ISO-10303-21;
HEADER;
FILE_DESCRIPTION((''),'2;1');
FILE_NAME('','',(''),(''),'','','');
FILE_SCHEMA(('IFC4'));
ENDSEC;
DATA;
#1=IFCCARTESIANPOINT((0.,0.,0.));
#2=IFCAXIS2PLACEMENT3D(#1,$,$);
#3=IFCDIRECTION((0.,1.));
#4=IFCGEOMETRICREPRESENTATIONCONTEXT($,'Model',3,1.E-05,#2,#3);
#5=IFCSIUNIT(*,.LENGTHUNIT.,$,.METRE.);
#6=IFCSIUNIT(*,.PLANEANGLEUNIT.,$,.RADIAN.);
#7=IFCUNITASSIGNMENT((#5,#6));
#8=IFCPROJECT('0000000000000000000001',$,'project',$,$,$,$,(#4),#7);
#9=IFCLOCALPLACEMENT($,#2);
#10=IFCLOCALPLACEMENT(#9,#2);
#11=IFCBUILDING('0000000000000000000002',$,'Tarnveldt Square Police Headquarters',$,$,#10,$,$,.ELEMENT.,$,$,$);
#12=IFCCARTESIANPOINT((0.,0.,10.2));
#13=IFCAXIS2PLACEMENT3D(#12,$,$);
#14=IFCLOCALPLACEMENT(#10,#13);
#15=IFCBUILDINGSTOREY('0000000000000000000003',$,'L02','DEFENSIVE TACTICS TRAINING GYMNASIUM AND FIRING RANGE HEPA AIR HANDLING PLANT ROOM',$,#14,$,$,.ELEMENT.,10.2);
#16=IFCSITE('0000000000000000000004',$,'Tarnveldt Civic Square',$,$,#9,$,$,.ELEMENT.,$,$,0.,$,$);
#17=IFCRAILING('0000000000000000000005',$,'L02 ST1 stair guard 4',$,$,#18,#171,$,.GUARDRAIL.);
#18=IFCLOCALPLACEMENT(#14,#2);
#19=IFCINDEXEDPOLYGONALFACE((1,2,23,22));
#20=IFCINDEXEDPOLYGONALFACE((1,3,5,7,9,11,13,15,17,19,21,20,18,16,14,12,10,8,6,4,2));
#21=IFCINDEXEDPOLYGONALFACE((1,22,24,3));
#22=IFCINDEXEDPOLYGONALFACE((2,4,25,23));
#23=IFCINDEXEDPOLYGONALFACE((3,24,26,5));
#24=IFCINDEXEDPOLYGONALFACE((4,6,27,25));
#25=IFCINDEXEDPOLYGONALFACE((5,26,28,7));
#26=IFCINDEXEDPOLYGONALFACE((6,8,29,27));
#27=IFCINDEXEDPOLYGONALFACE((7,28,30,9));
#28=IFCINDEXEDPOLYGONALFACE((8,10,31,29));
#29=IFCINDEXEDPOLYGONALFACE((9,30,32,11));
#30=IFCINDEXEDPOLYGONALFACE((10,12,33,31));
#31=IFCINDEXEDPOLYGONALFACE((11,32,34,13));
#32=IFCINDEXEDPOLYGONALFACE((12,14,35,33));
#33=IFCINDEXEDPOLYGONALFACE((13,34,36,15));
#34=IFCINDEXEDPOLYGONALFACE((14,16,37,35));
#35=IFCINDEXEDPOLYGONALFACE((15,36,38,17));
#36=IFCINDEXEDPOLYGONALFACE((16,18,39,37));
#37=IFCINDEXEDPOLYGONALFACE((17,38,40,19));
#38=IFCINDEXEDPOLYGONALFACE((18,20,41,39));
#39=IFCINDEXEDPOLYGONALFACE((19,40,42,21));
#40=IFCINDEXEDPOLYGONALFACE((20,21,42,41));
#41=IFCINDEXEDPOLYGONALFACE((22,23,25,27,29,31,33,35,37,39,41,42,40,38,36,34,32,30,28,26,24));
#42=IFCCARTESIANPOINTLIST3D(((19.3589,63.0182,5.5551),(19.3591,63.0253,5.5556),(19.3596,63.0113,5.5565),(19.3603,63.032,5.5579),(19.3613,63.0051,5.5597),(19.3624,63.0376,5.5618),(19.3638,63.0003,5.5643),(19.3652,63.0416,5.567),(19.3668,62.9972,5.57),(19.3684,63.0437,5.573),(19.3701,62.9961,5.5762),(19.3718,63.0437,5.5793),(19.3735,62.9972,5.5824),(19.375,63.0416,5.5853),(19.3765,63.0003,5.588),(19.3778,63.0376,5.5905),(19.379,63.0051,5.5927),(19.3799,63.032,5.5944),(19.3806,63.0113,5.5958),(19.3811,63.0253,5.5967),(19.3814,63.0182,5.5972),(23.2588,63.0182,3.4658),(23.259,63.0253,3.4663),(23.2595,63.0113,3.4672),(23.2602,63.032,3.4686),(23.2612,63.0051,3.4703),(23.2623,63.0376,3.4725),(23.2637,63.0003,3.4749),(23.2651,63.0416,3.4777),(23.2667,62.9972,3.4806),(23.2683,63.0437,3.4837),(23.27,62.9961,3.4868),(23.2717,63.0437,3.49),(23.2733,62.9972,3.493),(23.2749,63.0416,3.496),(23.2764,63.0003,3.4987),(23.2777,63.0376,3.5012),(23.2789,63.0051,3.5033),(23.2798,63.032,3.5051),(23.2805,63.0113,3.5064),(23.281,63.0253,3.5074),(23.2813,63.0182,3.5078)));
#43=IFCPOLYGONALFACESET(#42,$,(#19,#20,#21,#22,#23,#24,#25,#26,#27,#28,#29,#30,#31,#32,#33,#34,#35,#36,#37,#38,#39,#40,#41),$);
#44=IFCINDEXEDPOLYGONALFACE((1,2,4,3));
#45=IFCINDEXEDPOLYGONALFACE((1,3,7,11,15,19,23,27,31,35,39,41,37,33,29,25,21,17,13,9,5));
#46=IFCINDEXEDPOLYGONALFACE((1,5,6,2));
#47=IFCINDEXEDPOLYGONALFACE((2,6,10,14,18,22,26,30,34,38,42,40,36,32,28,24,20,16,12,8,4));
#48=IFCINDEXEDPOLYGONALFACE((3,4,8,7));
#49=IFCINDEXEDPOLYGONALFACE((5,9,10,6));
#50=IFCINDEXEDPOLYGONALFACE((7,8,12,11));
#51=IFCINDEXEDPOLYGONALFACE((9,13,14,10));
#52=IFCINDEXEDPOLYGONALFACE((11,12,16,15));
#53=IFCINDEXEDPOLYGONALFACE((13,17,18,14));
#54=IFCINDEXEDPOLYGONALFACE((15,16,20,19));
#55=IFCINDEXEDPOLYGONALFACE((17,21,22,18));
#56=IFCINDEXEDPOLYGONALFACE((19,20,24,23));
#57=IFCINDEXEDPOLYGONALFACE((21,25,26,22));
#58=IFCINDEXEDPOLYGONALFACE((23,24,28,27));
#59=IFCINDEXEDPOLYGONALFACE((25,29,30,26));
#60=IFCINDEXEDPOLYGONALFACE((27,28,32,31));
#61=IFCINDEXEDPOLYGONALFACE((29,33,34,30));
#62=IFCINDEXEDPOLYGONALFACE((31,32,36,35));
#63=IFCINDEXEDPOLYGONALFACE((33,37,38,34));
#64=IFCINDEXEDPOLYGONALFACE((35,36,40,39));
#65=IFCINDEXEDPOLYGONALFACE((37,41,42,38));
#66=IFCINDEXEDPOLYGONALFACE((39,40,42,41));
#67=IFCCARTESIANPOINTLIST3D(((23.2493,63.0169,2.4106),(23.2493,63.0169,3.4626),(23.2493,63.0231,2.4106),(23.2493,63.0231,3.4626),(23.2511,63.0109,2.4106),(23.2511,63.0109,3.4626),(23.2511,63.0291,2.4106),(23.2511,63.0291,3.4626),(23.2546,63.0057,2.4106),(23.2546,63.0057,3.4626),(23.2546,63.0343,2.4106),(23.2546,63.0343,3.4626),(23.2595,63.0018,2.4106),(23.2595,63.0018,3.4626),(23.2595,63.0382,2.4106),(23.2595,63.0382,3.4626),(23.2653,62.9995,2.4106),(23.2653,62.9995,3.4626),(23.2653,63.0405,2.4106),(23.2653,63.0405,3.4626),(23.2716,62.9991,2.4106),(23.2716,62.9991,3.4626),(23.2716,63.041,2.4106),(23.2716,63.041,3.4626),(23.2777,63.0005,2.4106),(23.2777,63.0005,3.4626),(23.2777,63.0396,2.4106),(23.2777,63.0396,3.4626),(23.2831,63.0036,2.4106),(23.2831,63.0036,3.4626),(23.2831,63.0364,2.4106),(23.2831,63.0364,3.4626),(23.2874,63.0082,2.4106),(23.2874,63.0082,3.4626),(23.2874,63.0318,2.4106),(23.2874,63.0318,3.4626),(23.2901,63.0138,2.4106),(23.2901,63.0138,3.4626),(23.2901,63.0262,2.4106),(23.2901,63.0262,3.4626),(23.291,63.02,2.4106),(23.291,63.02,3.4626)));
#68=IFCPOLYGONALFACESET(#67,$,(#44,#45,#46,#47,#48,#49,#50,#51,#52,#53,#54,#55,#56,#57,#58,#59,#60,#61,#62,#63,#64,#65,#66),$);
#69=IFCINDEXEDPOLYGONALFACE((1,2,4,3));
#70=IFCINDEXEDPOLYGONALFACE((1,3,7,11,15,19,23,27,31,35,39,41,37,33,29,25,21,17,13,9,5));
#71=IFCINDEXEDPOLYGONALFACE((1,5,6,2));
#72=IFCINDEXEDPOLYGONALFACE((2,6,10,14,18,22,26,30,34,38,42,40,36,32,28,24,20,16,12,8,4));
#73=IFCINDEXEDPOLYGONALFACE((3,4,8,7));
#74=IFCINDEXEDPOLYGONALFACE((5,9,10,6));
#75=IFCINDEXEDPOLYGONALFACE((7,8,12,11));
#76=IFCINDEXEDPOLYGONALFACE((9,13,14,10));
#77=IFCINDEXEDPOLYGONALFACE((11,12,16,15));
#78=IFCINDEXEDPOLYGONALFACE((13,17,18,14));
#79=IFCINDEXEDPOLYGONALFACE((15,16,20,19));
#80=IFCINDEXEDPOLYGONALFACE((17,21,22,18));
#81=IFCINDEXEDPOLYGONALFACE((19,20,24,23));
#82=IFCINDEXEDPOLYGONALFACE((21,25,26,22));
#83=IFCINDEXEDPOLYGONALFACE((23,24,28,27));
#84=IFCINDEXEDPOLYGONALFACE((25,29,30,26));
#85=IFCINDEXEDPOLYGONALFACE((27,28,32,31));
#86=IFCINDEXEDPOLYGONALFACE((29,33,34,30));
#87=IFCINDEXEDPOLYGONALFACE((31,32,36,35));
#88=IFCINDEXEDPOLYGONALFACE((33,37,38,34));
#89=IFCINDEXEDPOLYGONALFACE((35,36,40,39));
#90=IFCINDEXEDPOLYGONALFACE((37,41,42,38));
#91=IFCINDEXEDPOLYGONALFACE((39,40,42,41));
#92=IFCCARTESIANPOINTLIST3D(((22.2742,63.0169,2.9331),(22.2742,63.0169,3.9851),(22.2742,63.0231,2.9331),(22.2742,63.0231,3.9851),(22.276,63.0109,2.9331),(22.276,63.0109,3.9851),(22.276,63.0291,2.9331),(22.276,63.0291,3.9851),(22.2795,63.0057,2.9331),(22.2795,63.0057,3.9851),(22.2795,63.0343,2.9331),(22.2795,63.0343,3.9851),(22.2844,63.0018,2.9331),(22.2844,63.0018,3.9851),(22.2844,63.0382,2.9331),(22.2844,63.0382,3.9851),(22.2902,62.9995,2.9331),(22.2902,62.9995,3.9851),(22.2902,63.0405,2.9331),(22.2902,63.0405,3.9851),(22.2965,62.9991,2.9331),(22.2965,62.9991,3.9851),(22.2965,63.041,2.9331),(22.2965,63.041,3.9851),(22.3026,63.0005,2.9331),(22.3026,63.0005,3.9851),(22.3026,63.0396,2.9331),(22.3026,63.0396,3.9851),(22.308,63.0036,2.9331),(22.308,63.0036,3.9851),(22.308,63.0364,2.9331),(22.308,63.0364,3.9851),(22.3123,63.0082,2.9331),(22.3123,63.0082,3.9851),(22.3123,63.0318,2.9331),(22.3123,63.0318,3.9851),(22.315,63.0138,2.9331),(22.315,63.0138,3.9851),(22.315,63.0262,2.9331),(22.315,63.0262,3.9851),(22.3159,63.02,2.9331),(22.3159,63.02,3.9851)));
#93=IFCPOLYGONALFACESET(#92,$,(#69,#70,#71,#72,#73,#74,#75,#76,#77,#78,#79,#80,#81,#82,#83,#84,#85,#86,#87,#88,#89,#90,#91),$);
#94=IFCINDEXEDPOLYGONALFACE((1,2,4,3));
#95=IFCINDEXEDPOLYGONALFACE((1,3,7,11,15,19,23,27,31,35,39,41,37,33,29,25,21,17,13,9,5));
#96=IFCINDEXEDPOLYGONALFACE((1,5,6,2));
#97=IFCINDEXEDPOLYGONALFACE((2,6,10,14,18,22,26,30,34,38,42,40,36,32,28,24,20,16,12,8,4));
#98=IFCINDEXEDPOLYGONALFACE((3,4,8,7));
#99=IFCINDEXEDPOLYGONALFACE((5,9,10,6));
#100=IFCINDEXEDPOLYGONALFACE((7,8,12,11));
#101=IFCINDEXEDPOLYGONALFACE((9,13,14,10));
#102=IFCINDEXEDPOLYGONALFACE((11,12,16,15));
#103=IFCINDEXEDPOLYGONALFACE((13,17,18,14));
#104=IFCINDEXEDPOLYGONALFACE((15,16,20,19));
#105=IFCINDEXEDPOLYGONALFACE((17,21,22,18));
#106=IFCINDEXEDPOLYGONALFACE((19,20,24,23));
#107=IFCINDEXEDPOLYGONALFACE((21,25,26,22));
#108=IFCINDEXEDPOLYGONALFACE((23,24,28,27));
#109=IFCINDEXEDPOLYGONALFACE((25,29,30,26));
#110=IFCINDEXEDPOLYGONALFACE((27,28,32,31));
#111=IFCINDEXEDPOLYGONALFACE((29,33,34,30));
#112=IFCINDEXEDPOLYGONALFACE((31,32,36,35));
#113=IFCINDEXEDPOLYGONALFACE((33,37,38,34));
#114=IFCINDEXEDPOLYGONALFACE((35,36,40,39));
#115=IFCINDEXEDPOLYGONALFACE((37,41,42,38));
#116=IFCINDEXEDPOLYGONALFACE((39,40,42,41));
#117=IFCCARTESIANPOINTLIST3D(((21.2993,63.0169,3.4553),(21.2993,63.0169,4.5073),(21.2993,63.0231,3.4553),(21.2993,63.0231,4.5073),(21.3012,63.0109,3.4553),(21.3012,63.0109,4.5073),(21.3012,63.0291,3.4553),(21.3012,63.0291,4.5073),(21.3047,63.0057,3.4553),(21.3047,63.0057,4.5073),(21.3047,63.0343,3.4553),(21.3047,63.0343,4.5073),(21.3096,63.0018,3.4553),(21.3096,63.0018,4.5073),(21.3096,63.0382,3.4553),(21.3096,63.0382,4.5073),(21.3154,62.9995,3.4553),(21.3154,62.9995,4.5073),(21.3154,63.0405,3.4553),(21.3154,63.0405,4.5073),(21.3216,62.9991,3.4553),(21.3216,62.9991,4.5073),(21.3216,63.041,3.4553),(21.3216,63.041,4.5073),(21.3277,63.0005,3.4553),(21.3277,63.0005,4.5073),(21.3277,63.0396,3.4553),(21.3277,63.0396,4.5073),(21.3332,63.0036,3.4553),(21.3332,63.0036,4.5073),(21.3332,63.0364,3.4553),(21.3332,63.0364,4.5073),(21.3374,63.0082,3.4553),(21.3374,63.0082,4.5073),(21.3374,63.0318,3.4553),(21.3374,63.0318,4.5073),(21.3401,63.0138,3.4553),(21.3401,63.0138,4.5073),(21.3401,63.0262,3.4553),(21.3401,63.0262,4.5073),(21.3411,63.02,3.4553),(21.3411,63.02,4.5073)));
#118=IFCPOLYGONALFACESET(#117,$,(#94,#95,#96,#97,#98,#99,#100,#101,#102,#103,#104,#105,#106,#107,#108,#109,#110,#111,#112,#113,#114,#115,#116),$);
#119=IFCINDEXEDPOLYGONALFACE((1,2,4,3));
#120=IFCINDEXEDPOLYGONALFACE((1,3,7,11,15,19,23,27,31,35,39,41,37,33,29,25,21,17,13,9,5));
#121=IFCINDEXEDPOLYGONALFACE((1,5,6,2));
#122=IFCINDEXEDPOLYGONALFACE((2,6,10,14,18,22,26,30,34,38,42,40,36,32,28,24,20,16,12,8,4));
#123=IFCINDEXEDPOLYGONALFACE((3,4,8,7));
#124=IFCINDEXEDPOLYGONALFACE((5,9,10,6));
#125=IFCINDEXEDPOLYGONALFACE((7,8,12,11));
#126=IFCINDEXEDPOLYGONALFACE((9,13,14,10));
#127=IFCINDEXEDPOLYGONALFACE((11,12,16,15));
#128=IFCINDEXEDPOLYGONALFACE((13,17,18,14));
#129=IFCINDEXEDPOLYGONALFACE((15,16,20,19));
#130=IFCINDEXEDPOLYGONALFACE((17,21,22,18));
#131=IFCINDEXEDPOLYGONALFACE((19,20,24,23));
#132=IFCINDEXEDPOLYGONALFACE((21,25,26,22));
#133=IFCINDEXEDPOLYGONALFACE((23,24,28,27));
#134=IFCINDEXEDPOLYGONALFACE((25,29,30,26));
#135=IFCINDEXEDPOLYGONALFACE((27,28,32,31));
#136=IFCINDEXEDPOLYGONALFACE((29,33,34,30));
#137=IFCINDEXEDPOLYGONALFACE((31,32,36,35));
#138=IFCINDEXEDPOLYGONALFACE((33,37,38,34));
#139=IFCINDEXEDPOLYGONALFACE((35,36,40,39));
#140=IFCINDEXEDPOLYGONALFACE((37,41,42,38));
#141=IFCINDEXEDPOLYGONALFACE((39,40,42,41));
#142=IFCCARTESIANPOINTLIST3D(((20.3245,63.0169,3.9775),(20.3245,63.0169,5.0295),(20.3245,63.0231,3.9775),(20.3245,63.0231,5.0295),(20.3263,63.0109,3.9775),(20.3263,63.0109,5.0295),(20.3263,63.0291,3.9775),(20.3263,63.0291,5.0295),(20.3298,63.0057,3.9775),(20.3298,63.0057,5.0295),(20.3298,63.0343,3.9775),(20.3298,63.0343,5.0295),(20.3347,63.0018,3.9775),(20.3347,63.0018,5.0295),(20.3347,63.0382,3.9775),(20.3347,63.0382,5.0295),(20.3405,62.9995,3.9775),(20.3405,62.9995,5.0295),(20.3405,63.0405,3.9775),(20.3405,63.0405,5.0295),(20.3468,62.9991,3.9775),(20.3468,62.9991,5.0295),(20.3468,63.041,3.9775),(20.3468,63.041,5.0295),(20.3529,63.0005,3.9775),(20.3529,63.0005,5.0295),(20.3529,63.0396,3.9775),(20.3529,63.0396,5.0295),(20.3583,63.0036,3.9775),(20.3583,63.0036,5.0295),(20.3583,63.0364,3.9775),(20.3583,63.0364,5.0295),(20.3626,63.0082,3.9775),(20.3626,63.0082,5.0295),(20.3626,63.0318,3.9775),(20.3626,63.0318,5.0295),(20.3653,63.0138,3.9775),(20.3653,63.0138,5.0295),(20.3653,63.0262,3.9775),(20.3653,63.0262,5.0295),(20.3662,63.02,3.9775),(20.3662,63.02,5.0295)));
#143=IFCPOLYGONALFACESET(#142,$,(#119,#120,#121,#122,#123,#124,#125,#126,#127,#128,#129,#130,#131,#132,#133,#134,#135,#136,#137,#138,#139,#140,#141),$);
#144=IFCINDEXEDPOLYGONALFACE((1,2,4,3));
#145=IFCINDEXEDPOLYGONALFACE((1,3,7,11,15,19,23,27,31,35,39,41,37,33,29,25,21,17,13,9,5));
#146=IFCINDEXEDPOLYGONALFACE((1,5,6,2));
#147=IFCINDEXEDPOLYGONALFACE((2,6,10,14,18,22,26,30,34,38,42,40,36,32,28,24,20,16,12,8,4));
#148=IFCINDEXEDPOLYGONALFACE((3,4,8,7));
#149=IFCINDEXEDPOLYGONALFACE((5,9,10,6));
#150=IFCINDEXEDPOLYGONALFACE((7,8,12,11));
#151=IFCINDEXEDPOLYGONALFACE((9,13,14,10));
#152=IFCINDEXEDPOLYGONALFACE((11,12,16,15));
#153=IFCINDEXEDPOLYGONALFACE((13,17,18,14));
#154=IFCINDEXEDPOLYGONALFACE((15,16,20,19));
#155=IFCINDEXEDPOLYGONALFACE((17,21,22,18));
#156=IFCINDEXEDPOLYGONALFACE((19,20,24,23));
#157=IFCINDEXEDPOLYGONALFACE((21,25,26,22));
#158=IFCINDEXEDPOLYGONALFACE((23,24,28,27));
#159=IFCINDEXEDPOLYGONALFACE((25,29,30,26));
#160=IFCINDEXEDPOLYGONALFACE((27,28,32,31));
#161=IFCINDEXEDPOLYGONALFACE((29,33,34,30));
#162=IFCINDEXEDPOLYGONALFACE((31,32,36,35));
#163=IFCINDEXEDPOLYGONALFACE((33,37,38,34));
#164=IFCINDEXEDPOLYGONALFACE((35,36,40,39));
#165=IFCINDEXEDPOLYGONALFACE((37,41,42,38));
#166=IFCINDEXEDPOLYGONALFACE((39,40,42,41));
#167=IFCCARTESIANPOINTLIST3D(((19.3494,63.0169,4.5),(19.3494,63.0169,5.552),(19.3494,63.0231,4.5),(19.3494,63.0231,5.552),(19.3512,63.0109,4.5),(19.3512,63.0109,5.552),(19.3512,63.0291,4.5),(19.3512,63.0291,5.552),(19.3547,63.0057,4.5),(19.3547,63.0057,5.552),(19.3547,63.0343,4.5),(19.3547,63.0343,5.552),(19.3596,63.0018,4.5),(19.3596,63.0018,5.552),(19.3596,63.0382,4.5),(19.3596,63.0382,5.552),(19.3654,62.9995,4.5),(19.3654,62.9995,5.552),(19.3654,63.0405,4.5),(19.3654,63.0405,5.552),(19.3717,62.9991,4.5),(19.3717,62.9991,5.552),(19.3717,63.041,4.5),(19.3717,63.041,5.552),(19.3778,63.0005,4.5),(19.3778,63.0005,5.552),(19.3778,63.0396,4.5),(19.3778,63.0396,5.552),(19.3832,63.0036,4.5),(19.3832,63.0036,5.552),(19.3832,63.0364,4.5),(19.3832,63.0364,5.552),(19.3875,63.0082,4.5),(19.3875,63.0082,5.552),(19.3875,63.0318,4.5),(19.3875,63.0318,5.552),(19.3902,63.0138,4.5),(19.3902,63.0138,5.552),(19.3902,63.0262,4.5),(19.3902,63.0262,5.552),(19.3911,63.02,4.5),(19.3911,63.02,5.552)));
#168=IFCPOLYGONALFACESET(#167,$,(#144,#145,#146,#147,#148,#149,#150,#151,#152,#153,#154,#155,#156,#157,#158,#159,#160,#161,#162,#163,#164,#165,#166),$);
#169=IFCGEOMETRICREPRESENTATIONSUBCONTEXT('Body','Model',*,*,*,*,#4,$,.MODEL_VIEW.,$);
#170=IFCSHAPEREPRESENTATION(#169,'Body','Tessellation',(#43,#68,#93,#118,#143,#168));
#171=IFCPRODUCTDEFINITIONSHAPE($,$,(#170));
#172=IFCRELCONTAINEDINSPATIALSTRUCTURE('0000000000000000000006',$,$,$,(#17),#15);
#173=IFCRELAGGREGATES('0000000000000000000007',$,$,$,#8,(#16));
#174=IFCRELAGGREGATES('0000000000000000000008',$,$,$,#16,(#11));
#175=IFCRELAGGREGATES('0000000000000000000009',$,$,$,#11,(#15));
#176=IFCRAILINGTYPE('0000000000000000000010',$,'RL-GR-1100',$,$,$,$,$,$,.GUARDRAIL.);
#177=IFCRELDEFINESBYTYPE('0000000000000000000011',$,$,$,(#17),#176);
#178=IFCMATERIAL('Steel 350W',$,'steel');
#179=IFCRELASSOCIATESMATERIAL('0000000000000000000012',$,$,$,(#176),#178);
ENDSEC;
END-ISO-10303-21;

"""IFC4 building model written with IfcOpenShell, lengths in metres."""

from ifc_helpers import new_model, si_unit, direction, frame, origin, origin_2d, place, context, subcontext, project, spatial, circle, extrude, material, type_object, element, save


model = new_model("IFC4")

# Units and contexts
model_context = context("Model", 3, precision=1e-05, world=origin(), true_north=direction((0.0, 1.0)))
body_context = subcontext(model_context, "Body", "Model", "MODEL_VIEW")
ifc_project = project(units=[si_unit("LENGTHUNIT", "METRE"), si_unit("PLANEANGLEUNIT", "RADIAN")], contexts=[model_context])

# Site, building, storey
site_placement = place(None, origin())
site = spatial("IfcSite", under=ifc_project, at=site_placement, Name="Tarnveldt Civic Square", CompositionType="ELEMENT", RefElevation=0.0)
building_placement = place(site_placement, origin())
building = spatial("IfcBuilding", under=site, at=building_placement, Name="Tarnveldt Square Police Headquarters", CompositionType="ELEMENT")
storey_placement = place(building_placement, frame((0.0, 0.0, 10.2)))
storey = spatial("IfcBuildingStorey", under=building, at=storey_placement, Name="L02", Description="DEFENSIVE TACTICS TRAINING GYMNASIUM AND FIRING RANGE HEPA AIR HANDLING PLANT ROOM", CompositionType="ELEMENT", Elevation=10.2)

# Shared definitions
ifc_material_1 = material(Name="Steel 350W", Category="steel")

# Railing
railing_type_1 = type_object("IfcRailingType", Name="RL-GR-1100", PredefinedType="GUARDRAIL", material=ifc_material_1)
railing_1_placement = place(storey_placement, frame((23.27, 63.02, 2.4106)))
element("IfcRailing", 1, at=railing_1_placement, inside=storey, type_object=railing_type_1, Name="L02 ST1 stair guard 4", PredefinedType="GUARDRAIL", context=body_context, shape_type="SweptSolid", body=[
    extrude(circle(Radius=0.0239, at=origin_2d()), frame((0.0, 0.0, 1.0762), z_axis=(-0.881468, 0.0, 0.472243), x_axis=(0.0, -1.0, 0.0)), (0.0, 0.0, 1.0), 4.4243),
    extrude(circle(Radius=0.021, at=origin_2d()), origin(), (0.0, 0.0, 1.0), 1.052),
    extrude(circle(Radius=0.021, at=origin_2d()), frame((-0.9751, 0.0, 0.5225)), (0.0, 0.0, 1.0), 1.052),
    extrude(circle(Radius=0.021, at=origin_2d()), frame((-1.95, 0.0, 1.0447)), (0.0, 0.0, 1.0), 1.052),
    extrude(circle(Radius=0.021, at=origin_2d()), frame((-2.9248, 0.0, 1.5669)), (0.0, 0.0, 1.0), 1.052),
    extrude(circle(Radius=0.021, at=origin_2d()), frame((-3.8999, 0.0, 2.0894)), (0.0, 0.0, 1.0), 1.052),
])

save(model, "model.ifc")
